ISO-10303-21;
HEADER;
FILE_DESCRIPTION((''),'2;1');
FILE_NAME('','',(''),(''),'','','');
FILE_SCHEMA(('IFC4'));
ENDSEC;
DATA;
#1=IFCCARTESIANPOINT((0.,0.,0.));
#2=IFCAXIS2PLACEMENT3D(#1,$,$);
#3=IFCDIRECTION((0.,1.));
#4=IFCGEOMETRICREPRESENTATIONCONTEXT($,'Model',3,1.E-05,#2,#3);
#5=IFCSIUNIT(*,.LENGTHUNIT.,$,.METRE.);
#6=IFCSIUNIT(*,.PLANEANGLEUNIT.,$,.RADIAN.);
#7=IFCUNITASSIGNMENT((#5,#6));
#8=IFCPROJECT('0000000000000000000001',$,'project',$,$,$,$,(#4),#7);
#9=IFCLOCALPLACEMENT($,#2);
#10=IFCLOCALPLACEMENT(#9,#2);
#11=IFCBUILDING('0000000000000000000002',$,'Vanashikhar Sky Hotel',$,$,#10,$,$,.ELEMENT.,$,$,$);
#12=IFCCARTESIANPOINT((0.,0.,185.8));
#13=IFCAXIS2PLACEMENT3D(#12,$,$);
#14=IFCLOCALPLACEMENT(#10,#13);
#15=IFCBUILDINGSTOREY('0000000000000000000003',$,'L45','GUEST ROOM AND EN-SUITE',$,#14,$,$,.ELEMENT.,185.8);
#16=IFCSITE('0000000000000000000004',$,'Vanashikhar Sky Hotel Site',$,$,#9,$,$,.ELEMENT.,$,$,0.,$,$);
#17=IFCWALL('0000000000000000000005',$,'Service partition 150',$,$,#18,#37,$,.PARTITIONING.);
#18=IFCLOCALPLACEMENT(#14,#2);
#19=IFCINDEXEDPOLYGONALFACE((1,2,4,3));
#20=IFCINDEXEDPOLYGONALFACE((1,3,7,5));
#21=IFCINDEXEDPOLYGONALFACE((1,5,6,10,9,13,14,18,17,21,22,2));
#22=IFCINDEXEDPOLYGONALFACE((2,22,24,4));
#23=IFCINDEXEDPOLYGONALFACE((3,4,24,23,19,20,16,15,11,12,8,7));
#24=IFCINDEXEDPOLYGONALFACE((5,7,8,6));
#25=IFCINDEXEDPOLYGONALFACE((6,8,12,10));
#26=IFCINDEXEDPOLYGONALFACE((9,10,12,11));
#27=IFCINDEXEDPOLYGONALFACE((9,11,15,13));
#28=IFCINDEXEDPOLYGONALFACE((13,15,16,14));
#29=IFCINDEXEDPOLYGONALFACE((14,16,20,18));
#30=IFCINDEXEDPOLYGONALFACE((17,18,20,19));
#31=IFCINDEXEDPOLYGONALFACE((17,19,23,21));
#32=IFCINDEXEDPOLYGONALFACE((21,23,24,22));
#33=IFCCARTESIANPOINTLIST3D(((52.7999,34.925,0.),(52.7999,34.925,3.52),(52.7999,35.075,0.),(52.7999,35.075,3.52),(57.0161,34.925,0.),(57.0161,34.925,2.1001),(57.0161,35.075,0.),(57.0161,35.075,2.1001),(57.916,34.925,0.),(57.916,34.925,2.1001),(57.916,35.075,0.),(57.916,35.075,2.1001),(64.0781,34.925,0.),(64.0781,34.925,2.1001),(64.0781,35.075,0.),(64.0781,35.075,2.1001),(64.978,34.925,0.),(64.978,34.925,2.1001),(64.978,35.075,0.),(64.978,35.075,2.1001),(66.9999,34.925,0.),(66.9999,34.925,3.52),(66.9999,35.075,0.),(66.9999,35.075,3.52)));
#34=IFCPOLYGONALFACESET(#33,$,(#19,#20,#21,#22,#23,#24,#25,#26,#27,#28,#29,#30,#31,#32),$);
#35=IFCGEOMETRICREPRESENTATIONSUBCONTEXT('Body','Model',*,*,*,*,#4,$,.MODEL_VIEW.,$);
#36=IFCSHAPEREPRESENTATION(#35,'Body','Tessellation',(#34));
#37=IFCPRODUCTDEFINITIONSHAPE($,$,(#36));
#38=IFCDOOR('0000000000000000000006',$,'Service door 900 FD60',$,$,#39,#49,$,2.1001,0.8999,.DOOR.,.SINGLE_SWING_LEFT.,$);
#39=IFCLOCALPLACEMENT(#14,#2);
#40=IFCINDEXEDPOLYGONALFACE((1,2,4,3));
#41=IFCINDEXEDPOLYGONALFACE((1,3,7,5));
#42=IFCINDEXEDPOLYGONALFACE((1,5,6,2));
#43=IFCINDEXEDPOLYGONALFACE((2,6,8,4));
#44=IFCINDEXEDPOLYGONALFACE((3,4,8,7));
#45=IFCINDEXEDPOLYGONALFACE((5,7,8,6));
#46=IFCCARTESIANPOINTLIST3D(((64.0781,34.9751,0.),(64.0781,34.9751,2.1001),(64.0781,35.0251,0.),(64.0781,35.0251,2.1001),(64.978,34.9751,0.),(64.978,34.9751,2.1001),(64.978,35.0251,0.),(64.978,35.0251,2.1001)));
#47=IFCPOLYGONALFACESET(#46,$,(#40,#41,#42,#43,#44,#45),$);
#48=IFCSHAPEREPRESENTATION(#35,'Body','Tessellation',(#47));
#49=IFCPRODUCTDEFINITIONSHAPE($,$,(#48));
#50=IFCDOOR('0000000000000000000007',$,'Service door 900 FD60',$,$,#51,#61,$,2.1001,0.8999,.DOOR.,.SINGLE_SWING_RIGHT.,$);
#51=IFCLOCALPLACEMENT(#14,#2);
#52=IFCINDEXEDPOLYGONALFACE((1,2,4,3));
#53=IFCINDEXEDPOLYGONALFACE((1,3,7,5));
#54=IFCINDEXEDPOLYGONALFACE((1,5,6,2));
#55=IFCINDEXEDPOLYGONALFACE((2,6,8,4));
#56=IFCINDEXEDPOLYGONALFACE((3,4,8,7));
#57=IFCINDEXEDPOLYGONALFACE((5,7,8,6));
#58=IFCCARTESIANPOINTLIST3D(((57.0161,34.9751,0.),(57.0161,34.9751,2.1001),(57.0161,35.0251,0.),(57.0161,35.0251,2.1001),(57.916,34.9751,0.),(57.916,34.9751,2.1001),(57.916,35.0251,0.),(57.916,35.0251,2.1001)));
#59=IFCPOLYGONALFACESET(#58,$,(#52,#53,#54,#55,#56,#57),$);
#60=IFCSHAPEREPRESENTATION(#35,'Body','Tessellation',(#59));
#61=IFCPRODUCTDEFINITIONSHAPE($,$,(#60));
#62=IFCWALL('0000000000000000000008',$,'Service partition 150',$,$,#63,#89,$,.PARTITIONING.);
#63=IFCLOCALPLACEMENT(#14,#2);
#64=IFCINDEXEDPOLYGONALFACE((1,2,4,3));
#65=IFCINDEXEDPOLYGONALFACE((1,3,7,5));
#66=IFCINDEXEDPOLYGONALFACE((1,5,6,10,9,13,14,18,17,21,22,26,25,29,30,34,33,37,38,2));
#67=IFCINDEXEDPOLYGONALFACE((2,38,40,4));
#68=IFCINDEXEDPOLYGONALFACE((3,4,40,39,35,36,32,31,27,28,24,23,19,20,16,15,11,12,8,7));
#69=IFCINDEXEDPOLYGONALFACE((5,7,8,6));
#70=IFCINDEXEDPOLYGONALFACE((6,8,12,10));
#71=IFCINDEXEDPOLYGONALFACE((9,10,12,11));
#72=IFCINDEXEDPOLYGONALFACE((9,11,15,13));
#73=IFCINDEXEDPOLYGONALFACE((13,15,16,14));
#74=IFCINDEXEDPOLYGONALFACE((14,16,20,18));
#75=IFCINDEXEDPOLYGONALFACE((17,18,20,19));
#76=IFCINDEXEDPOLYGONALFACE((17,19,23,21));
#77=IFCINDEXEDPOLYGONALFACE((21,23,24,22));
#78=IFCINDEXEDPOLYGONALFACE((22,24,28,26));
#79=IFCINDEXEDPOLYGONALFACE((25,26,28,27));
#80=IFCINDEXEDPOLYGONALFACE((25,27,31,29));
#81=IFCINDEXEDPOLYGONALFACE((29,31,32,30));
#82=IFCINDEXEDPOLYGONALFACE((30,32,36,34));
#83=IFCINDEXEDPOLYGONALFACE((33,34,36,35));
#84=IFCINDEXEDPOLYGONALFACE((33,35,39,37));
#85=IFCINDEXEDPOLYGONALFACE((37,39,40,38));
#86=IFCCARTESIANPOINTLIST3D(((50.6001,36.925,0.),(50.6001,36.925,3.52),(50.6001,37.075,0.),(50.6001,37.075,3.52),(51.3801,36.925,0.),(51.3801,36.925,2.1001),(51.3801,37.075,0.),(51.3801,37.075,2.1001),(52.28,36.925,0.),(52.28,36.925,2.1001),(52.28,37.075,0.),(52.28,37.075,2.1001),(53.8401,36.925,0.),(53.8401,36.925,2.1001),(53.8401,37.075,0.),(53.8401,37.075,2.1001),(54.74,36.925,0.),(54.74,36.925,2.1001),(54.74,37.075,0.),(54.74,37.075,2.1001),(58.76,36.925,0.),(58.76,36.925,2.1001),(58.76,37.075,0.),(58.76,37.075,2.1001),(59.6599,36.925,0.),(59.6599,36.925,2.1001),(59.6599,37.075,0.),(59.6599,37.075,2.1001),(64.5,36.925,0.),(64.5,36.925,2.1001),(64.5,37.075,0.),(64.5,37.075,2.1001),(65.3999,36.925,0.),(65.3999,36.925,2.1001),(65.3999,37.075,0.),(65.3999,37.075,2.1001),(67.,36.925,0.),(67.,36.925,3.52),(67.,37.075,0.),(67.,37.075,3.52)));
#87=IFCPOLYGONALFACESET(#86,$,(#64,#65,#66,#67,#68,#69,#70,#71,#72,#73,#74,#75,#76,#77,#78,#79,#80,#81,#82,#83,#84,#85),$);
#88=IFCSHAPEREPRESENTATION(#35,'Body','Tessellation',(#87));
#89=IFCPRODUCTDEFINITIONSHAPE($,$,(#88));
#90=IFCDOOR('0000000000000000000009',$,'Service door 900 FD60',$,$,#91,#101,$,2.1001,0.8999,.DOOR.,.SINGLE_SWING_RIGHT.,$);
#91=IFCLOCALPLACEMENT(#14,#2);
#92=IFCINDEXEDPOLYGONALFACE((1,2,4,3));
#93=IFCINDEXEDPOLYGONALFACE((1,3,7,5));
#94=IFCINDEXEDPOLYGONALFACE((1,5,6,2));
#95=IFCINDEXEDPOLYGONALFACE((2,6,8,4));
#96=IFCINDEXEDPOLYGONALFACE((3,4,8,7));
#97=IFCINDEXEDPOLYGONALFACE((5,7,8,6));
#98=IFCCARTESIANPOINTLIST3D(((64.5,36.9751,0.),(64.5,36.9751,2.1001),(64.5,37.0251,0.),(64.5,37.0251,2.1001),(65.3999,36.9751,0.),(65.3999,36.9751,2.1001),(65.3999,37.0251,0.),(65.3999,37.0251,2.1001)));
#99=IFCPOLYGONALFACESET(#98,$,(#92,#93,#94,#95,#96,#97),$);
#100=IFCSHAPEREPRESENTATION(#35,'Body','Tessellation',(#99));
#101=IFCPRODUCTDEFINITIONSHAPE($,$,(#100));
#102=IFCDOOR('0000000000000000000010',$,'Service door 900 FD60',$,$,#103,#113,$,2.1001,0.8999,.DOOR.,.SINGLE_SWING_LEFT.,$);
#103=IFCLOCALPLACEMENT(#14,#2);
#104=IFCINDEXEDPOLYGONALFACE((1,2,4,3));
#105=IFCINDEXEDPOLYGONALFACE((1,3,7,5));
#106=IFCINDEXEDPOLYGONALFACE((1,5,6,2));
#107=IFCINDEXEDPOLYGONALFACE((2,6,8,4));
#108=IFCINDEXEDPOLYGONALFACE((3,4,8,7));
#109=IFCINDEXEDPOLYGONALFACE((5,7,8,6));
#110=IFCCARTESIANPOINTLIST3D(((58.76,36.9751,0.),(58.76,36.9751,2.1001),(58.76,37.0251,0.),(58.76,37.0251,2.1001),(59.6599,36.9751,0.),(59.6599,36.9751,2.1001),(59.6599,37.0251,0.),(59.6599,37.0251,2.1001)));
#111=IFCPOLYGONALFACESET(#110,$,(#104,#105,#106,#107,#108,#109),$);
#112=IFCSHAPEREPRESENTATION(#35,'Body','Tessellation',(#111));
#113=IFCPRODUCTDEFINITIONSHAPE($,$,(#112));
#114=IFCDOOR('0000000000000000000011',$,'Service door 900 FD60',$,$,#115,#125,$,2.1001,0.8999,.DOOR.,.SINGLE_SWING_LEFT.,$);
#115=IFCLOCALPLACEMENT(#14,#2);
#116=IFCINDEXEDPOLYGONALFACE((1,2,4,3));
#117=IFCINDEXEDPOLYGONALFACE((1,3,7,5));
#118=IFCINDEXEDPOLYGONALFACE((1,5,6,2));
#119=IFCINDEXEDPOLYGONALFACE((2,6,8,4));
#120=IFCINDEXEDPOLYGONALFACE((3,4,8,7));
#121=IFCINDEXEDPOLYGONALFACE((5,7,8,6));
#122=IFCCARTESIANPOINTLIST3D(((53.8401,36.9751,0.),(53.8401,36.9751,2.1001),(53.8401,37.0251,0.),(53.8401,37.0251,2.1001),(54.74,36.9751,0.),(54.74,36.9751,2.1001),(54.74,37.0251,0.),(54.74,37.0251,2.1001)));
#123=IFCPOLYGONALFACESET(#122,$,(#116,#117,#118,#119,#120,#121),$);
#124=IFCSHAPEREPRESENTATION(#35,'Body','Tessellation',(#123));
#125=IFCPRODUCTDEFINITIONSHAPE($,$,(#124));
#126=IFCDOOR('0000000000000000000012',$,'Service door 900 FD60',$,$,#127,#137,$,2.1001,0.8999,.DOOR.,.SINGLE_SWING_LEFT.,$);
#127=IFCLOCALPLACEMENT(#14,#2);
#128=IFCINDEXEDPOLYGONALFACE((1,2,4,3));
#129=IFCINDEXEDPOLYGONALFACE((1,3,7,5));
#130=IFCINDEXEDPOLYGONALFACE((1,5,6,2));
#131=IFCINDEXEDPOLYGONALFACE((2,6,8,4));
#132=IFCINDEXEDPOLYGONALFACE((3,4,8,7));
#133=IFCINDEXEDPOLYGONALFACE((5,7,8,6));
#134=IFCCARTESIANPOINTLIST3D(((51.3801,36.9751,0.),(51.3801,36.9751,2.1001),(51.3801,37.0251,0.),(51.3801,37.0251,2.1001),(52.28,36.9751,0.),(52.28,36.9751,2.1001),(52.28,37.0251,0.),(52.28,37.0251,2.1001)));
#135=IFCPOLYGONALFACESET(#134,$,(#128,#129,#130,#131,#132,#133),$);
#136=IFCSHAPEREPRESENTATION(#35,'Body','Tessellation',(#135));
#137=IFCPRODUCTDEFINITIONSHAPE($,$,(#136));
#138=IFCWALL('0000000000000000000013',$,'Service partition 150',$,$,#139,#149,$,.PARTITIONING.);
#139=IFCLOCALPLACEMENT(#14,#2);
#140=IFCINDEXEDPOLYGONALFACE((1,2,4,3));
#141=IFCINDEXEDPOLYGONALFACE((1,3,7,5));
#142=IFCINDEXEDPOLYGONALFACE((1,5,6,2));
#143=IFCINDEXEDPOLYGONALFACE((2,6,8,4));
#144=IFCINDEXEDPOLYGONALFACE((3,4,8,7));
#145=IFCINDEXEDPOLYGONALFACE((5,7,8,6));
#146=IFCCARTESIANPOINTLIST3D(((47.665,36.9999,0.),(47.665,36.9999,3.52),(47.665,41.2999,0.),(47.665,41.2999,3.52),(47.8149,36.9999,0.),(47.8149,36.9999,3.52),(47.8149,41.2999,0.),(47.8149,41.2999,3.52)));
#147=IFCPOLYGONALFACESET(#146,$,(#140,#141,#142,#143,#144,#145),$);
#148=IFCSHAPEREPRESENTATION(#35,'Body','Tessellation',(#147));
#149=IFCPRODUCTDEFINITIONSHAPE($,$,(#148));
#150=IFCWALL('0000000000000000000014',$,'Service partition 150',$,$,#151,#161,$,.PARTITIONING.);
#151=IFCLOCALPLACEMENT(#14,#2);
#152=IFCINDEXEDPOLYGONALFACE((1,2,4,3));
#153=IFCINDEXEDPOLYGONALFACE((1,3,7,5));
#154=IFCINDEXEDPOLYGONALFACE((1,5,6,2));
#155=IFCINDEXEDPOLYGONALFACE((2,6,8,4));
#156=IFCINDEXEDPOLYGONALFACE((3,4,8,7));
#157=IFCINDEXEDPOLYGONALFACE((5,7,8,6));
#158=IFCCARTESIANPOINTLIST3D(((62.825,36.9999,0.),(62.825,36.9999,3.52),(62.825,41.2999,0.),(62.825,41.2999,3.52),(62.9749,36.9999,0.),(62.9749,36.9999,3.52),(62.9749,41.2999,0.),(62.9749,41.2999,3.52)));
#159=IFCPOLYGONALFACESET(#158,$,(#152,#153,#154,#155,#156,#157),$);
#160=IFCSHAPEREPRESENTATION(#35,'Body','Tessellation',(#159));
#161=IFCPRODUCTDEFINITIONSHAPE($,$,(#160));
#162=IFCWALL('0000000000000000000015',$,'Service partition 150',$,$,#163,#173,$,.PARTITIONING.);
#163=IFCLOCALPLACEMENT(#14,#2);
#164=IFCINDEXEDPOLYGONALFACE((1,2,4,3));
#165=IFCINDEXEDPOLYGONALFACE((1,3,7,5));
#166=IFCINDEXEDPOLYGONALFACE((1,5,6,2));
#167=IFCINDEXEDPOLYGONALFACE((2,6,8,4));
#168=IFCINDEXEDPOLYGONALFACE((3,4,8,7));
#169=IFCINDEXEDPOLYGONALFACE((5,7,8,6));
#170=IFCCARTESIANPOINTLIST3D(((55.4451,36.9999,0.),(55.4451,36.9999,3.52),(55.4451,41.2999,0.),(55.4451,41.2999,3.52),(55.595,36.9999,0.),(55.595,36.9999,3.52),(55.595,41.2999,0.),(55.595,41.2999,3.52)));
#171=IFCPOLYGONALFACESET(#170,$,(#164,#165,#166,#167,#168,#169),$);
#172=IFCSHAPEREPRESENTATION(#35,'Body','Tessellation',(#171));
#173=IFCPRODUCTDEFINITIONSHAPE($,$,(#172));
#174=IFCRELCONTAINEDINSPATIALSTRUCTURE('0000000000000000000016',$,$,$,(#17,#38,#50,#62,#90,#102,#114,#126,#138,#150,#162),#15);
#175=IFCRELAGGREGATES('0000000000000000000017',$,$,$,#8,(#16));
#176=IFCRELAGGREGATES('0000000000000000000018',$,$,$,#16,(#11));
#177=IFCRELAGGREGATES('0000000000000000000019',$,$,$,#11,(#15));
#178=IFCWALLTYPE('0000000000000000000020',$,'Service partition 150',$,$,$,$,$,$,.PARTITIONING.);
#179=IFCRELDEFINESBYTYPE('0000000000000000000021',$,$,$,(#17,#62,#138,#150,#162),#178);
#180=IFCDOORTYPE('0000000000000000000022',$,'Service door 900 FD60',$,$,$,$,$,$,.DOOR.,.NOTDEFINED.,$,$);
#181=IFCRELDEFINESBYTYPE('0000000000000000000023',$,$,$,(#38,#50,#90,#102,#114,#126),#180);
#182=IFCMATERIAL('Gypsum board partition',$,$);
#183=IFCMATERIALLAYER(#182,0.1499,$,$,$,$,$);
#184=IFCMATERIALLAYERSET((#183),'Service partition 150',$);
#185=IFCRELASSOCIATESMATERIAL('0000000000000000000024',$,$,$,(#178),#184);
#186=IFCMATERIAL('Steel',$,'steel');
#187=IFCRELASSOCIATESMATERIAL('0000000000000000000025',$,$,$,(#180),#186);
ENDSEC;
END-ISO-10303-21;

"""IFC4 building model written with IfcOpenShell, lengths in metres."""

from ifc_helpers import new_model, si_unit, direction, frame, frame_2d, origin, place, context, subcontext, project, spatial, rectangle, extrude, source, transform, mapped, material, layer, layer_set, type_object, element, fill, save


model = new_model("IFC4")

# Units and contexts
model_context = context("Model", 3, precision=1e-05, world=origin(), true_north=direction((0.0, 1.0)))
body_context = subcontext(model_context, "Body", "Model", "MODEL_VIEW")
ifc_project = project(units=[si_unit("LENGTHUNIT", "METRE"), si_unit("PLANEANGLEUNIT", "RADIAN")], contexts=[model_context])

# Site, building, storey
site_placement = place(None, origin())
site = spatial("IfcSite", under=ifc_project, at=site_placement, Name="Vanashikhar Sky Hotel Site", CompositionType="ELEMENT", RefElevation=0.0)
building_placement = place(site_placement, origin())
building = spatial("IfcBuilding", under=site, at=building_placement, Name="Vanashikhar Sky Hotel", CompositionType="ELEMENT")
storey_placement = place(building_placement, frame((0.0, 0.0, 185.8)))
storey = spatial("IfcBuildingStorey", under=building, at=storey_placement, Name="L45", Description="GUEST ROOM AND EN-SUITE", CompositionType="ELEMENT", Elevation=185.8)

# Shared definitions
ifc_material_1 = material(Name="Steel", Category="steel")

# Shared definitions
ifc_material_2 = material(Name="Gypsum board partition")
ifc_layer_1 = layer(ifc_material_2, 0.1499)
ifc_layer_set_1 = layer_set([ifc_layer_1], Name="Service partition 150")
wall_type_1 = type_object("IfcWallType", Name="Service partition 150", PredefinedType="PARTITIONING", material=ifc_layer_set_1)

# Walls, openings, doors
shared_shape_1 = source(origin(), body_context, "Body", "SweptSolid", [
    extrude(rectangle(XDim=14.2, YDim=0.1499, at=frame_2d((7.1001, 0.0))), origin(), (0.0, 0.0, 1.0), 3.52),
])
wall_1_placement = place(storey_placement, frame((67.0, 35.0, 0.0), z_axis=(0.0, 0.0, 1.0), x_axis=(-1.0, 0.0, 0.0)))
wall_1 = element("IfcWall", 1, at=wall_1_placement, inside=storey, type_object=wall_type_1, Name="Service partition 150", PredefinedType="PARTITIONING", context=body_context, shape_type="MappedRepresentation", body=[
    mapped(shared_shape_1, transform((0.0, 0.0, 0.0), scale=1.0)),
])
shared_shape_2 = source(origin(), body_context, "Body", "SweptSolid", [
    extrude(rectangle(XDim=0.8999, YDim=2.1001, at=frame_2d((0.45, 1.05))), frame((0.0, 0.085, 0.0), z_axis=(0.0, -1.0, 0.0), x_axis=(1.0, 0.0, 0.0)), (0.0, 0.0, 1.0), 0.1699),
])
opening_1_placement = place(wall_1_placement, frame((2.022, 0.0, 0.0)))
opening_1 = element("IfcOpeningElement", 2, at=opening_1_placement, cuts=wall_1, PredefinedType="OPENING", context=body_context, shape_type="MappedRepresentation", body=[
    mapped(shared_shape_2, transform((0.0, 0.0, 0.0), scale=1.0)),
])
opening_2_placement = place(wall_1_placement, frame((9.084, 0.0, 0.0)))
opening_2 = element("IfcOpeningElement", 3, at=opening_2_placement, cuts=wall_1, PredefinedType="OPENING", context=body_context, shape_type="MappedRepresentation", body=[
    mapped(shared_shape_2, transform((0.0, 0.0, 0.0), scale=1.0)),
])
door_type_1 = type_object("IfcDoorType", Name="Service door 900 FD60", OperationType="NOTDEFINED", PredefinedType="DOOR", material=ifc_material_1)
shared_shape_3 = source(origin(), body_context, "Body", "SweptSolid", [
    extrude(rectangle(XDim=0.8999, YDim=2.1001, at=frame_2d((0.45, 1.05))), frame((0.0, 0.0249, 0.0), z_axis=(0.0, -1.0, 0.0), x_axis=(1.0, 0.0, 0.0)), (0.0, 0.0, 1.0), 0.05),
])
door_1_placement = place(opening_1_placement, origin())
door_1 = element("IfcDoor", 4, at=door_1_placement, inside=storey, type_object=door_type_1, Name="Service door 900 FD60", OperationType="SINGLE_SWING_LEFT", OverallHeight=2.1001, OverallWidth=0.8999, PredefinedType="DOOR", context=body_context, shape_type="MappedRepresentation", body=[
    mapped(shared_shape_3, transform((0.0, 0.0, 0.0), scale=1.0)),
])
fill(opening_1, door_1)
door_2_placement = place(opening_2_placement, origin())
door_2 = element("IfcDoor", 5, at=door_2_placement, inside=storey, type_object=door_type_1, Name="Service door 900 FD60", OperationType="SINGLE_SWING_RIGHT", OverallHeight=2.1001, OverallWidth=0.8999, PredefinedType="DOOR", context=body_context, shape_type="MappedRepresentation", body=[
    mapped(shared_shape_3, transform((0.0, 0.0, 0.0), scale=1.0)),
])
fill(opening_2, door_2)
shared_shape_4 = source(origin(), body_context, "Body", "SweptSolid", [
    extrude(rectangle(XDim=16.3999, YDim=0.1499, at=frame_2d((8.2, 0.0))), origin(), (0.0, 0.0, 1.0), 3.52),
])
wall_2_placement = place(storey_placement, frame((67.0, 37.0, 0.0), z_axis=(0.0, 0.0, 1.0), x_axis=(-1.0, 0.0, 0.0)))
wall_2 = element("IfcWall", 6, at=wall_2_placement, inside=storey, type_object=wall_type_1, Name="Service partition 150", PredefinedType="PARTITIONING", context=body_context, shape_type="MappedRepresentation", body=[
    mapped(shared_shape_4, transform((0.0, 0.0, 0.0), scale=1.0)),
])
opening_3_placement = place(wall_2_placement, frame((1.6001, 0.0, 0.0)))
opening_3 = element("IfcOpeningElement", 7, at=opening_3_placement, cuts=wall_2, PredefinedType="OPENING", context=body_context, shape_type="MappedRepresentation", body=[
    mapped(shared_shape_2, transform((0.0, 0.0, 0.0), scale=1.0)),
])
opening_4_placement = place(wall_2_placement, frame((7.3401, 0.0, 0.0)))
opening_4 = element("IfcOpeningElement", 8, at=opening_4_placement, cuts=wall_2, PredefinedType="OPENING", context=body_context, shape_type="MappedRepresentation", body=[
    mapped(shared_shape_2, transform((0.0, 0.0, 0.0), scale=1.0)),
])
opening_5_placement = place(wall_2_placement, frame((12.26, 0.0, 0.0)))
opening_5 = element("IfcOpeningElement", 9, at=opening_5_placement, cuts=wall_2, PredefinedType="OPENING", context=body_context, shape_type="MappedRepresentation", body=[
    mapped(shared_shape_2, transform((0.0, 0.0, 0.0), scale=1.0)),
])
opening_6_placement = place(wall_2_placement, frame((14.72, 0.0, 0.0)))
opening_6 = element("IfcOpeningElement", 10, at=opening_6_placement, cuts=wall_2, PredefinedType="OPENING", context=body_context, shape_type="MappedRepresentation", body=[
    mapped(shared_shape_2, transform((0.0, 0.0, 0.0), scale=1.0)),
])
door_3_placement = place(opening_3_placement, origin())
door_3 = element("IfcDoor", 11, at=door_3_placement, inside=storey, type_object=door_type_1, Name="Service door 900 FD60", OperationType="SINGLE_SWING_RIGHT", OverallHeight=2.1001, OverallWidth=0.8999, PredefinedType="DOOR", context=body_context, shape_type="MappedRepresentation", body=[
    mapped(shared_shape_3, transform((0.0, 0.0, 0.0), scale=1.0)),
])
fill(opening_3, door_3)
door_4_placement = place(opening_4_placement, origin())
door_4 = element("IfcDoor", 12, at=door_4_placement, inside=storey, type_object=door_type_1, Name="Service door 900 FD60", OperationType="SINGLE_SWING_LEFT", OverallHeight=2.1001, OverallWidth=0.8999, PredefinedType="DOOR", context=body_context, shape_type="MappedRepresentation", body=[
    mapped(shared_shape_3, transform((0.0, 0.0, 0.0), scale=1.0)),
])
fill(opening_4, door_4)
door_5_placement = place(opening_5_placement, origin())
door_5 = element("IfcDoor", 13, at=door_5_placement, inside=storey, type_object=door_type_1, Name="Service door 900 FD60", OperationType="SINGLE_SWING_LEFT", OverallHeight=2.1001, OverallWidth=0.8999, PredefinedType="DOOR", context=body_context, shape_type="MappedRepresentation", body=[
    mapped(shared_shape_3, transform((0.0, 0.0, 0.0), scale=1.0)),
])
fill(opening_5, door_5)
door_6_placement = place(opening_6_placement, origin())
door_6 = element("IfcDoor", 14, at=door_6_placement, inside=storey, type_object=door_type_1, Name="Service door 900 FD60", OperationType="SINGLE_SWING_LEFT", OverallHeight=2.1001, OverallWidth=0.8999, PredefinedType="DOOR", context=body_context, shape_type="MappedRepresentation", body=[
    mapped(shared_shape_3, transform((0.0, 0.0, 0.0), scale=1.0)),
])
fill(opening_6, door_6)

# Walls
shared_shape_5 = source(origin(), body_context, "Body", "SweptSolid", [
    extrude(rectangle(XDim=4.3, YDim=0.1499, at=frame_2d((2.1499, 0.0))), origin(), (0.0, 0.0, 1.0), 3.52),
])
for number, where, z_axis, x_axis, name in (
    (15, (47.74, 37.0, 0.0), (0.0, 0.0, 1.0), (0.0, 1.0, 0.0), "Service partition 150"),
    (16, (62.8999, 37.0, 0.0), (0.0, 0.0, 1.0), (0.0, 1.0, 0.0), "Service partition 150"),
    (17, (55.52, 37.0, 0.0), (0.0, 0.0, 1.0), (0.0, 1.0, 0.0), "Service partition 150"),
):
    element("IfcWall", number, at=place(storey_placement, frame(where, z_axis=z_axis, x_axis=x_axis)), inside=storey, type_object=wall_type_1, Name=name, PredefinedType="PARTITIONING", context=body_context, shape_type="MappedRepresentation", body=[
        mapped(shared_shape_5, transform((0.0, 0.0, 0.0), scale=1.0)),
    ])

save(model, "model.ifc")
